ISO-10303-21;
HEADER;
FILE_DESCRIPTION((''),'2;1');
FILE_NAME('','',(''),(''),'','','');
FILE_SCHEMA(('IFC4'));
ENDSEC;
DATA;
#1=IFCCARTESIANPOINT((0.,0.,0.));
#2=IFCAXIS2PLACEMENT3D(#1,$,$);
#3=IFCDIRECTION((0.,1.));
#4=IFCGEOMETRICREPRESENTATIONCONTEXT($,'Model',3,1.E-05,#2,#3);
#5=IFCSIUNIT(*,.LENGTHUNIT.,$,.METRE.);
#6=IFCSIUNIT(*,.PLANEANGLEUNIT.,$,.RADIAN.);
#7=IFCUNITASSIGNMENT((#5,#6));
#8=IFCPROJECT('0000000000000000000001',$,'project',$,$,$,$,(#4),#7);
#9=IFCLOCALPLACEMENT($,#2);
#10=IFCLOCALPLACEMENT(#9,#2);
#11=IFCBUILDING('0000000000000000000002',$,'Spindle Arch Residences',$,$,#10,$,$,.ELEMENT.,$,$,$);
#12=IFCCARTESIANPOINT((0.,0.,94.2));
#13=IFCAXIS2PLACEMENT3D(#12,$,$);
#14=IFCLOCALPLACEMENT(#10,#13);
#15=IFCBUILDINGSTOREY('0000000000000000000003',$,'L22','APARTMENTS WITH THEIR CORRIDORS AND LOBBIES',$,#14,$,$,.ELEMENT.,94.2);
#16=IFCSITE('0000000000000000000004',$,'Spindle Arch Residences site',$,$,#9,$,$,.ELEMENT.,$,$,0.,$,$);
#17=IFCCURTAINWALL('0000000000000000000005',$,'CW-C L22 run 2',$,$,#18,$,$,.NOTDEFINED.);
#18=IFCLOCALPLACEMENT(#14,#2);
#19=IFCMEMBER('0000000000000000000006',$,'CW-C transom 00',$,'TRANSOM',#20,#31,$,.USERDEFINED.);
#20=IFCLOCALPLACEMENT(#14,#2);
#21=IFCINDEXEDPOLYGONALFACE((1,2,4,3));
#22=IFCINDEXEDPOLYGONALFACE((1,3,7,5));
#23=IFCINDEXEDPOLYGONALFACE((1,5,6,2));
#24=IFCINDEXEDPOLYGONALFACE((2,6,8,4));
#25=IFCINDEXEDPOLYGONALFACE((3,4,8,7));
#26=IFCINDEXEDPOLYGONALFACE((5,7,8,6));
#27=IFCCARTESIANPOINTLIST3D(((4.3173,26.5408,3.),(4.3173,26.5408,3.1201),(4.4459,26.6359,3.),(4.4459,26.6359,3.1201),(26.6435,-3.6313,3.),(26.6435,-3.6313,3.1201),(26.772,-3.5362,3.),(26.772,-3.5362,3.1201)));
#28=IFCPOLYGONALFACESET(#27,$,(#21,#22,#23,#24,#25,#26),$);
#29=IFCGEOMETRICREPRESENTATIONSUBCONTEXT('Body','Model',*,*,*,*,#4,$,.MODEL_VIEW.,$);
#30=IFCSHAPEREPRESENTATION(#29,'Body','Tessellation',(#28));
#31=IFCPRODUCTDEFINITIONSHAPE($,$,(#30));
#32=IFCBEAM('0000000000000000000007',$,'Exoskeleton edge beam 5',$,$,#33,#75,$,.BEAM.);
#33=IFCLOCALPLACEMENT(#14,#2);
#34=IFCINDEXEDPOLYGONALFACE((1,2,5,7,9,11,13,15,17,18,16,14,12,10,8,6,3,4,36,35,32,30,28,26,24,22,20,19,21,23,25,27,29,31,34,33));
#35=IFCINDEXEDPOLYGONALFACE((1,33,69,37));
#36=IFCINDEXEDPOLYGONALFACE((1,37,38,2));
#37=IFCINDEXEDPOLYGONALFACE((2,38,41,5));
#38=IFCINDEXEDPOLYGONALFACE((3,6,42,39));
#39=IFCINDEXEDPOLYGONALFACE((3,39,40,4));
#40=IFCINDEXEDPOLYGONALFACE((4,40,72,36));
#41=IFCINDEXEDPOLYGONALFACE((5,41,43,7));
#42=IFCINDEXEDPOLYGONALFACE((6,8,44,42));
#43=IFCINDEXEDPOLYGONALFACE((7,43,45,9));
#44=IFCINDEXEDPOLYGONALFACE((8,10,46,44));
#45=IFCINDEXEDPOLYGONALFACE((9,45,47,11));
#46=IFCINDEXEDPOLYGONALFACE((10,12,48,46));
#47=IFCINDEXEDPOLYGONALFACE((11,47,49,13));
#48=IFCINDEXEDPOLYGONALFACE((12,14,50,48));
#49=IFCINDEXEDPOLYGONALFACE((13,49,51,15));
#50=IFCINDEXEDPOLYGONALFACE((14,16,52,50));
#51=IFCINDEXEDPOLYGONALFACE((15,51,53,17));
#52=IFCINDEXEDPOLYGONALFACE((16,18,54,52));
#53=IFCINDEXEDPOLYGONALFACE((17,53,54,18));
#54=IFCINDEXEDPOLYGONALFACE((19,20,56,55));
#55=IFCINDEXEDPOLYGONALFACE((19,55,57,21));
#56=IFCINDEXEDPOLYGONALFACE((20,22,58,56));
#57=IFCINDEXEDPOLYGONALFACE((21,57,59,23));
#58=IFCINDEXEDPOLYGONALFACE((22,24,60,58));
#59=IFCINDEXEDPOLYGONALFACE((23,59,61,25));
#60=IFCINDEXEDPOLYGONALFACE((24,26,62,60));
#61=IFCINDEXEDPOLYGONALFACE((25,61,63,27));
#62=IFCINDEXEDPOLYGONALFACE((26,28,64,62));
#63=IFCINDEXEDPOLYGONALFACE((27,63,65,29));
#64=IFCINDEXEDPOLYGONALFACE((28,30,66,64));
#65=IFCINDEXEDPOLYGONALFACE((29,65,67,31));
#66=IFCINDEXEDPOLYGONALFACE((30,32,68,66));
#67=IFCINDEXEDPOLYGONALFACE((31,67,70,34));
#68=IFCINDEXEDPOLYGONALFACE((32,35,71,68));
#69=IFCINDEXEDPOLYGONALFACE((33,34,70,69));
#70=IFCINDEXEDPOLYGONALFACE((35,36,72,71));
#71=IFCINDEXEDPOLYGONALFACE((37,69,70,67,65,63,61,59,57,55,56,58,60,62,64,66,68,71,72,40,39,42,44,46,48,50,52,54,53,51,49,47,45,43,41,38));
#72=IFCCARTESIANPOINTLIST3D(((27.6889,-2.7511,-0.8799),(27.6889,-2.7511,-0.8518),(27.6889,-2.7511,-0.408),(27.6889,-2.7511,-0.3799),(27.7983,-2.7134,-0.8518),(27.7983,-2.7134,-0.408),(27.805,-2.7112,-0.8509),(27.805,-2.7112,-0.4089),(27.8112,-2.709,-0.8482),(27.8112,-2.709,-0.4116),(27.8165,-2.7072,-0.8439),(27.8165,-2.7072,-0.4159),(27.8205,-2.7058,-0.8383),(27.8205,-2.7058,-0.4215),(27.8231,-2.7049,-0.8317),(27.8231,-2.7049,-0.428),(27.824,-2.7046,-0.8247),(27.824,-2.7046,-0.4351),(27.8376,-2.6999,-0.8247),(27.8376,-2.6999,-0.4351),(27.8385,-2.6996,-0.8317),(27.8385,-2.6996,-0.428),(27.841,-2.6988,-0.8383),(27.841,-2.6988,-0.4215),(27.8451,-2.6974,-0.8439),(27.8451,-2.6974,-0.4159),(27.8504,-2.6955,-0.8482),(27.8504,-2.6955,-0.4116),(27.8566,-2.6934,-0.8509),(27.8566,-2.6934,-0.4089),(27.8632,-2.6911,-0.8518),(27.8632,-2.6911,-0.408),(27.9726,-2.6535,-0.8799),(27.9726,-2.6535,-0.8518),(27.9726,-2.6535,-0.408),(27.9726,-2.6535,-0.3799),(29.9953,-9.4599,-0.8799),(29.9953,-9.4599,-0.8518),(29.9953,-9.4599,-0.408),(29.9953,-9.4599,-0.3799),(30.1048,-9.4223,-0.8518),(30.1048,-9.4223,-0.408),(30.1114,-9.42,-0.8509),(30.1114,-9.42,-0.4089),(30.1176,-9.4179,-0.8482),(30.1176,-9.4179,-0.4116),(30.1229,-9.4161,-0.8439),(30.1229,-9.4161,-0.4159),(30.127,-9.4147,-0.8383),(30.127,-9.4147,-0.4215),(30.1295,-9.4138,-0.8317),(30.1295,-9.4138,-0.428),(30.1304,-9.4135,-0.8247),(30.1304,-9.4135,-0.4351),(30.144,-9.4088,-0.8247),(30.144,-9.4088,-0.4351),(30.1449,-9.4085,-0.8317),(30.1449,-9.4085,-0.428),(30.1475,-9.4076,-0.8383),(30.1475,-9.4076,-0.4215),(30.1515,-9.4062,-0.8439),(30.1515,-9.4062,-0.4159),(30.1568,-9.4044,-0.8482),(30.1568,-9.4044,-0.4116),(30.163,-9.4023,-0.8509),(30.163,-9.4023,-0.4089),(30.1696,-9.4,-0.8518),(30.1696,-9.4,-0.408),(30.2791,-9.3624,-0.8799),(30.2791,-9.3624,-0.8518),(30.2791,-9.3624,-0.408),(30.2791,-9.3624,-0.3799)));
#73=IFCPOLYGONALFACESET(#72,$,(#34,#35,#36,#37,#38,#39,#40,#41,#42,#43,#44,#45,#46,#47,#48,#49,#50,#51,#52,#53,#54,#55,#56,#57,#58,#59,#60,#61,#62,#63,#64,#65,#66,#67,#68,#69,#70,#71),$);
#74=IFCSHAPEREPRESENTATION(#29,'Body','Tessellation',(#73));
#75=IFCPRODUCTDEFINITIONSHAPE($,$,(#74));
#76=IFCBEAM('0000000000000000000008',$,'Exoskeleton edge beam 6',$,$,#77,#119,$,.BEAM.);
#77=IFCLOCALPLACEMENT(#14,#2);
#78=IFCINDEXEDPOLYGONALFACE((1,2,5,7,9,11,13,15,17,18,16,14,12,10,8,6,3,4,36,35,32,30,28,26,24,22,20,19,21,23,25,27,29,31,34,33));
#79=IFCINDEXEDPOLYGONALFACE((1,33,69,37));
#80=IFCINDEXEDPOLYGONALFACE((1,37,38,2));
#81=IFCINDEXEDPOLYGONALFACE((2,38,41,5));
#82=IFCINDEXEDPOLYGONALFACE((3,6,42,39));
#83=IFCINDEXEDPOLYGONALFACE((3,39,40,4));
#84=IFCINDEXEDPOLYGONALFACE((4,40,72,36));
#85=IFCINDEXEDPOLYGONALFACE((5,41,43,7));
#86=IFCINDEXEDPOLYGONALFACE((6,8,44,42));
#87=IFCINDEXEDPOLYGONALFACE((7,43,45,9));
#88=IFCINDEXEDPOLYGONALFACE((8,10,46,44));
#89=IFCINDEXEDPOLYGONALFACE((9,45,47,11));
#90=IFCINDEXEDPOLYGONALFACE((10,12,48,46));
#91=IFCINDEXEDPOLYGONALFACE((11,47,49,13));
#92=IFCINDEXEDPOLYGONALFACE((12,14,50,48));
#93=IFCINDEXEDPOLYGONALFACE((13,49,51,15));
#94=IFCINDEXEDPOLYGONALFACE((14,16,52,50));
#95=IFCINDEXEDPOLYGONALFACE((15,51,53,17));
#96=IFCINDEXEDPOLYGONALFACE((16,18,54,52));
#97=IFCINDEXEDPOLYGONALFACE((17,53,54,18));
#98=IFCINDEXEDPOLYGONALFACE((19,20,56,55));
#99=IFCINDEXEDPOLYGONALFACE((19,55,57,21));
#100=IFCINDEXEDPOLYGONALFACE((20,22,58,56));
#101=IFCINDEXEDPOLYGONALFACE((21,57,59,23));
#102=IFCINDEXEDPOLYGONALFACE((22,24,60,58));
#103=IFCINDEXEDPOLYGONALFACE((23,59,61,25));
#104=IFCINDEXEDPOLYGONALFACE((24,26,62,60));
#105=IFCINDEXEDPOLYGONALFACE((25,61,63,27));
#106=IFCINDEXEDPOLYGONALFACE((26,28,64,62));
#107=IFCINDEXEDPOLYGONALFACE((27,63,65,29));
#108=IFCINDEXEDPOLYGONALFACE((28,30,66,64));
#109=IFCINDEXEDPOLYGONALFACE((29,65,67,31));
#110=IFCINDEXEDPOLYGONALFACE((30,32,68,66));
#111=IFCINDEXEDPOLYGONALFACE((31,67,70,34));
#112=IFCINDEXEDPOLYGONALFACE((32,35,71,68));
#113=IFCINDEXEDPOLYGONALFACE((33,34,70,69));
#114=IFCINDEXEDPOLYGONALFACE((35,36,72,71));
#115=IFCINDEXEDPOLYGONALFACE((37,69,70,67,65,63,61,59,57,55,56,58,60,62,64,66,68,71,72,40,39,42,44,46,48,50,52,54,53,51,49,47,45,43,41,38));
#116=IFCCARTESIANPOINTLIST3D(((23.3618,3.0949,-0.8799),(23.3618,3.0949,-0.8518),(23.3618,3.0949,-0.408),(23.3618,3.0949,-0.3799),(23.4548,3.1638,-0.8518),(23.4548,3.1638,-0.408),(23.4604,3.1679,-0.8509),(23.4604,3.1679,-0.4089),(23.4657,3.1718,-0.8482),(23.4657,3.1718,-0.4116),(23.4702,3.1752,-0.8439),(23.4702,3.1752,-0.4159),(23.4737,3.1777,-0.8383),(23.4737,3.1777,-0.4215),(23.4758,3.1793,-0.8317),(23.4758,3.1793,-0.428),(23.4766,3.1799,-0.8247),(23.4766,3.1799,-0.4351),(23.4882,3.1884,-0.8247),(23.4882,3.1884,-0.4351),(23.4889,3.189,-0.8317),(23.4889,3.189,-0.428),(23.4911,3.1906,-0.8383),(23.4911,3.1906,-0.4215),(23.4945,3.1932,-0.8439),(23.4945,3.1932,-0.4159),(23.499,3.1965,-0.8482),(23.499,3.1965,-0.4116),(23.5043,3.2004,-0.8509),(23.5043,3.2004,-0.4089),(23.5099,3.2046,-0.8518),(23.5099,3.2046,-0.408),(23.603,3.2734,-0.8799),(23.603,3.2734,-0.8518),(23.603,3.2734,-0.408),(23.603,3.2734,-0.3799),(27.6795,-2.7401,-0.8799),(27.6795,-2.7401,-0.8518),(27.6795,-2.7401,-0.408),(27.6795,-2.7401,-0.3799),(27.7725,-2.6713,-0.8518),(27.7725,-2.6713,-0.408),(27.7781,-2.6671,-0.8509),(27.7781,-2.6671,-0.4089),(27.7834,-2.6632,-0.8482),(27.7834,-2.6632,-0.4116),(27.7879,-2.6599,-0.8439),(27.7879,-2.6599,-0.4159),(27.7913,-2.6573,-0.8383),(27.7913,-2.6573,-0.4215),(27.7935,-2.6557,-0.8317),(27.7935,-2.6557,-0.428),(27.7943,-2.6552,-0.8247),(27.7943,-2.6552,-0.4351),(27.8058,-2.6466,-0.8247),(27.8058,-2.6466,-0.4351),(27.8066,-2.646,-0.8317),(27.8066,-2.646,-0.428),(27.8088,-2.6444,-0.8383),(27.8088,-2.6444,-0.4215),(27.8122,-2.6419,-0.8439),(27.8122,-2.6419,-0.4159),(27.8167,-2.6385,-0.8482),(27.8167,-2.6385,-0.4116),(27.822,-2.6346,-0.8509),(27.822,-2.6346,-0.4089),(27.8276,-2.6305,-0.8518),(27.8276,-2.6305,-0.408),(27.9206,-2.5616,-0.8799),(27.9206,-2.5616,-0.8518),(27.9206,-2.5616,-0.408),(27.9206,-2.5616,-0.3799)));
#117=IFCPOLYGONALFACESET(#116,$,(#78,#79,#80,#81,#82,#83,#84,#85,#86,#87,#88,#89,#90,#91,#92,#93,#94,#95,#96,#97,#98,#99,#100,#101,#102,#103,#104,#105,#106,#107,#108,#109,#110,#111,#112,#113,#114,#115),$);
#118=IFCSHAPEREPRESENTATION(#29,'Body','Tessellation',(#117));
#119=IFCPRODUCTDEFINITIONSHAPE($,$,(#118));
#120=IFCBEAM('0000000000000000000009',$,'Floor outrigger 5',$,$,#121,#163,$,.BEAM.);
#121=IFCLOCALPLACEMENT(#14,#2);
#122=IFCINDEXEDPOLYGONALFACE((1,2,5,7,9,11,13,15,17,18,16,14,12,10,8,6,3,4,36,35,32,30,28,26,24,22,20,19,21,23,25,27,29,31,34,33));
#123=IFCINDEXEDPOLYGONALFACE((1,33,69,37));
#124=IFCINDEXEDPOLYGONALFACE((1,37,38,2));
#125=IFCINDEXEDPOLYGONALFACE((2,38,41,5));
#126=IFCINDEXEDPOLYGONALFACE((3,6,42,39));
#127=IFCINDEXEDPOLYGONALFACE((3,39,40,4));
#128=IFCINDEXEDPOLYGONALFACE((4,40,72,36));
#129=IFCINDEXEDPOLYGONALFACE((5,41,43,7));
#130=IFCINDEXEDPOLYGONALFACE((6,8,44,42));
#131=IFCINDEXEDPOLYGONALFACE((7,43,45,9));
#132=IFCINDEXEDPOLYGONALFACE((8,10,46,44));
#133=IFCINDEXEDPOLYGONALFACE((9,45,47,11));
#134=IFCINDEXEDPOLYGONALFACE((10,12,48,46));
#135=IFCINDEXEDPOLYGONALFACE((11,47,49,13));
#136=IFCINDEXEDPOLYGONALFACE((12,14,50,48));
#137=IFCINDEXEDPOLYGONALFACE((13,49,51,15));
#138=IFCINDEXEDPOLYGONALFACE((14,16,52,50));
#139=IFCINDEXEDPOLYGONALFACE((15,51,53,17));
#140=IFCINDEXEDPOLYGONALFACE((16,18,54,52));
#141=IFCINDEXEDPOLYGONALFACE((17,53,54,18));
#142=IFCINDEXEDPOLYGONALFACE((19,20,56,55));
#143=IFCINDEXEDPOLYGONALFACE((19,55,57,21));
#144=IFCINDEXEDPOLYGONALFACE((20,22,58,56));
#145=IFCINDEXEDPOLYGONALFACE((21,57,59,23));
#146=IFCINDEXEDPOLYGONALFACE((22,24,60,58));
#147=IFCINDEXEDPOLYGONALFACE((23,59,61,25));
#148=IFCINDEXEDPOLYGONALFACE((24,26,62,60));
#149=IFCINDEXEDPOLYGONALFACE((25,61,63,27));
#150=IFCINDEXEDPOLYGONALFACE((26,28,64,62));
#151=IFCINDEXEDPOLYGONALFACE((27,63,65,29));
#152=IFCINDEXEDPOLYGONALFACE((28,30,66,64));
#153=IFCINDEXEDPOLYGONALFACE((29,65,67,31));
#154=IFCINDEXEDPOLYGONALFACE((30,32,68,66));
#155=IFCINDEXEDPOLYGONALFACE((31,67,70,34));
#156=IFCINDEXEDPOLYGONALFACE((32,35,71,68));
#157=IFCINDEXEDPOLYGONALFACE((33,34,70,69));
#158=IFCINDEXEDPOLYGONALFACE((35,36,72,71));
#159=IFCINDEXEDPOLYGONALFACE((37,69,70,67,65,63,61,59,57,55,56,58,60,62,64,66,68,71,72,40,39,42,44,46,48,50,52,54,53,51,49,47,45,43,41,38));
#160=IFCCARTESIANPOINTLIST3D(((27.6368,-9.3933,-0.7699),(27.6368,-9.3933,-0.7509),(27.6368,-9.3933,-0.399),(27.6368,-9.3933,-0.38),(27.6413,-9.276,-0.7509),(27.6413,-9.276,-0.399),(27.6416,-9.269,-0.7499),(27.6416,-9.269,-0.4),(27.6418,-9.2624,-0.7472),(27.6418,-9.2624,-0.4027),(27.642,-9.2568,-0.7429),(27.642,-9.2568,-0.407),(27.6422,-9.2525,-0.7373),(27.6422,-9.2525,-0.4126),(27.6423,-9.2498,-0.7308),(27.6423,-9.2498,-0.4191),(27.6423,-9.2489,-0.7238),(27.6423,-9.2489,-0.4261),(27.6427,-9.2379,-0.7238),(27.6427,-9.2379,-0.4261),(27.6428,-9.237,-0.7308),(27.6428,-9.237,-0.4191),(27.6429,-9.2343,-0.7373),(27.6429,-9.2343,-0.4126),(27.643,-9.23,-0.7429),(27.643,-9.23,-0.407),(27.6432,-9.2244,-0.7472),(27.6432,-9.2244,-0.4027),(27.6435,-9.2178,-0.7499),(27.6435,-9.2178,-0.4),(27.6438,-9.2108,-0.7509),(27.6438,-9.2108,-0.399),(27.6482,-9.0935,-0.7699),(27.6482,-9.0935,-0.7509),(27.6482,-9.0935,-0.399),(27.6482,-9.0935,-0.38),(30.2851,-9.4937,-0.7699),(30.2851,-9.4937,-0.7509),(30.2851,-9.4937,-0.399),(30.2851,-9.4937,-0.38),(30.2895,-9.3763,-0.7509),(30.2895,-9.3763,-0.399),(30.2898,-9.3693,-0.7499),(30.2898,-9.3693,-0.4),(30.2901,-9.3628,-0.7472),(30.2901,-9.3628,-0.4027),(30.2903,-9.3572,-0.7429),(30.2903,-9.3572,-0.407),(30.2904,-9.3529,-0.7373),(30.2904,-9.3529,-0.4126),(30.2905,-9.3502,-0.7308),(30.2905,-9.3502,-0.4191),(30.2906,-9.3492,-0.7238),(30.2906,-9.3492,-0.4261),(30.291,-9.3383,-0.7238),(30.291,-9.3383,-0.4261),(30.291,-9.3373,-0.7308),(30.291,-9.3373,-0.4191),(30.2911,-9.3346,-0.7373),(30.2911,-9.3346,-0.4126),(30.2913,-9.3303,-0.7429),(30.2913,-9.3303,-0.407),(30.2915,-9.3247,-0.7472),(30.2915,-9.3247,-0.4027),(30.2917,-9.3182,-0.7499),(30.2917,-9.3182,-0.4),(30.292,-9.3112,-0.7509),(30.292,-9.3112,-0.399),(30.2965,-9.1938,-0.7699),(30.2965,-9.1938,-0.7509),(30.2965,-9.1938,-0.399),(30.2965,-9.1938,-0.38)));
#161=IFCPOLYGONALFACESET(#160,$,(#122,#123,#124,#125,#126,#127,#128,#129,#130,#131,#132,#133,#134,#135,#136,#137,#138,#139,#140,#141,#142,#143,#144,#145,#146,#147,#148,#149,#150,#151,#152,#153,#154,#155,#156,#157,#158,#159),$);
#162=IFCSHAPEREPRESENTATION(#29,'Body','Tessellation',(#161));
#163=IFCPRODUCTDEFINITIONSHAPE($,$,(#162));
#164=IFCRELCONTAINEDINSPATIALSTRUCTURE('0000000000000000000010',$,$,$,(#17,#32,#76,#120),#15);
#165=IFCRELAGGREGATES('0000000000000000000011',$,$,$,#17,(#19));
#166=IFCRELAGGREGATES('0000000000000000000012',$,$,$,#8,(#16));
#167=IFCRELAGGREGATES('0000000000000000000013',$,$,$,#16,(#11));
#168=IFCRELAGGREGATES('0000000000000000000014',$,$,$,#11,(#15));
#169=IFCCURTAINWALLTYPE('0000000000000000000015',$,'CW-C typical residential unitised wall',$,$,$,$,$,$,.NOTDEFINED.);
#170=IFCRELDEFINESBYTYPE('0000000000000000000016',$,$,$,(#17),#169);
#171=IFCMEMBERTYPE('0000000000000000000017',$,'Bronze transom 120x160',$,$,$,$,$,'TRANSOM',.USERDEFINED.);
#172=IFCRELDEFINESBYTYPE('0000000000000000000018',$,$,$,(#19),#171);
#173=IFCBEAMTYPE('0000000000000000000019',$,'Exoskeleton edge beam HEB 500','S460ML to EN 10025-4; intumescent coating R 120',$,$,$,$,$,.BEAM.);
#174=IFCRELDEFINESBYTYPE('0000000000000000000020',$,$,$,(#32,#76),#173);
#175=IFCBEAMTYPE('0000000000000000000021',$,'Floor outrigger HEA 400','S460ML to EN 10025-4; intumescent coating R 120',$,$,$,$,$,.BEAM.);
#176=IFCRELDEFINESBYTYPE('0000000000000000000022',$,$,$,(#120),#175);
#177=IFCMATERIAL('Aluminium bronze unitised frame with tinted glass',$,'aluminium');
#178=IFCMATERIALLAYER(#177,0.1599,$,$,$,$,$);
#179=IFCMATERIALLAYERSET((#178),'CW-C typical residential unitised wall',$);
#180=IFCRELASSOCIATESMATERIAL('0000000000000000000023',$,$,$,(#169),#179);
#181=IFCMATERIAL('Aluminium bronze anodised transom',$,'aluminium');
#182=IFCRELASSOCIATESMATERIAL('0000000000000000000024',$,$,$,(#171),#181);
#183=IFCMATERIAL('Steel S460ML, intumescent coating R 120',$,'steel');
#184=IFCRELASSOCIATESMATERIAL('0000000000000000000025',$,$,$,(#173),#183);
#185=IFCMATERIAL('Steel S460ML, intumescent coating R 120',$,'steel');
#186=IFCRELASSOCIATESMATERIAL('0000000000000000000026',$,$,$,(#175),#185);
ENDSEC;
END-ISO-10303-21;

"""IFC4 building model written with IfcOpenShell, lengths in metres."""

from ifc_helpers import new_model, si_unit, direction, frame, origin, origin_2d, place, context, subcontext, project, spatial, rectangle, i_section, extrude, material, layer, layer_set, material_profile, profile_set, type_object, element, aggregate, save


model = new_model("IFC4")

# Units and contexts
model_context = context("Model", 3, precision=1e-05, world=origin(), true_north=direction((0.0, 1.0)))
body_context = subcontext(model_context, "Body", "Model", "MODEL_VIEW")
ifc_project = project(units=[si_unit("LENGTHUNIT", "METRE"), si_unit("PLANEANGLEUNIT", "RADIAN")], contexts=[model_context])

# Site, building, storey
site_placement = place(None, origin())
site = spatial("IfcSite", under=ifc_project, at=site_placement, Name="Spindle Arch Residences site", CompositionType="ELEMENT", RefElevation=0.0)
building_placement = place(site_placement, origin())
building = spatial("IfcBuilding", under=site, at=building_placement, Name="Spindle Arch Residences", CompositionType="ELEMENT")
storey_placement = place(building_placement, frame((0.0, 0.0, 94.2)))
storey = spatial("IfcBuildingStorey", under=building, at=storey_placement, Name="L22", Description="APARTMENTS WITH THEIR CORRIDORS AND LOBBIES", CompositionType="ELEMENT", Elevation=94.2)

# Curtain wall
ifc_material_1 = material(Name="Aluminium bronze unitised frame with tinted glass", Category="aluminium")
ifc_layer_1 = layer(ifc_material_1, 0.1599)
ifc_layer_set_1 = layer_set([ifc_layer_1], Name="CW-C typical residential unitised wall")
curtain_wall_type_1 = type_object("IfcCurtainWallType", Name="CW-C typical residential unitised wall", PredefinedType="NOTDEFINED", material=ifc_layer_set_1)
curtain_wall_1_placement = place(storey_placement, origin())
curtain_wall_1 = element("IfcCurtainWall", 1, at=curtain_wall_1_placement, inside=storey, type_object=curtain_wall_type_1, Name="CW-C L22 run 2", PredefinedType="NOTDEFINED")

# Member
ifc_material_2 = material(Name="Aluminium bronze anodised transom", Category="aluminium")
ifc_material_profile_1 = material_profile(ifc_material_2, rectangle(XDim=0.1599, YDim=0.1201, at=origin_2d()), Name="TR 120x160")
ifc_profile_set_1 = profile_set([ifc_material_profile_1], Name="Aluminium bronze anodised transom")
member_type_1 = type_object("IfcMemberType", Name="Bronze transom 120x160", ElementType="TRANSOM", PredefinedType="USERDEFINED", material=ifc_profile_set_1)
member_1_placement = place(storey_placement, frame((26.7078, -3.5837, 3.0601), z_axis=(-0.594822, 0.803857, 0.0), x_axis=(-0.803857, -0.594822, 0.0)))
member_1 = element("IfcMember", 2, at=member_1_placement, type_object=member_type_1, Name="CW-C transom 00", ObjectType="TRANSOM", PredefinedType="USERDEFINED", context=body_context, shape_type="SweptSolid", body=[
    extrude(rectangle(XDim=0.1599, YDim=0.1201, at=origin_2d()), origin(), (0.0, 0.0, 1.0), 37.5342),
])

# Beams
ifc_material_3 = material(Name="Steel S460ML, intumescent coating R 120", Category="steel")
ifc_material_profile_2 = material_profile(ifc_material_3, i_section(OverallWidth=0.3, OverallDepth=0.5, WebThickness=0.0144, FlangeThickness=0.0281, FilletRadius=0.0271, at=origin_2d()), Name="HEB 500")
ifc_profile_set_2 = profile_set([ifc_material_profile_2], Name="Steel S460ML, intumescent coating R 120")
beam_type_1 = type_object("IfcBeamType", Name="Exoskeleton edge beam HEB 500", Description="S460ML to EN 10025-4; intumescent coating R 120", PredefinedType="BEAM", material=ifc_profile_set_2)
beam_1_placement = place(storey_placement, frame((30.1372, -9.4111, -0.6299), z_axis=(-0.325113, 0.945675, 0.0), x_axis=(-0.945675, -0.325113, 0.0)))
element("IfcBeam", 3, at=beam_1_placement, inside=storey, type_object=beam_type_1, Name="Exoskeleton edge beam 5", PredefinedType="BEAM", context=body_context, shape_type="SweptSolid", body=[
    extrude(i_section(OverallWidth=0.3, OverallDepth=0.5, WebThickness=0.0144, FlangeThickness=0.0281, FilletRadius=0.0271, at=origin_2d()), origin(), (0.0, 0.0, 1.0), 7.0942),
])
beam_2_placement = place(storey_placement, frame((27.8, -2.6509, -0.6299), z_axis=(-0.594821, 0.803858, 0.0), x_axis=(-0.803858, -0.594821, 0.0)))
element("IfcBeam", 4, at=beam_2_placement, inside=storey, type_object=beam_type_1, Name="Exoskeleton edge beam 6", PredefinedType="BEAM", context=body_context, shape_type="SweptSolid", body=[
    extrude(i_section(OverallWidth=0.3, OverallDepth=0.5, WebThickness=0.0144, FlangeThickness=0.0281, FilletRadius=0.0271, at=origin_2d()), origin(), (0.0, 0.0, 1.0), 7.2588),
])
ifc_material_4 = material(Name="Steel S460ML, intumescent coating R 120", Category="steel")
ifc_material_profile_3 = material_profile(ifc_material_4, i_section(OverallWidth=0.3, OverallDepth=0.3899, WebThickness=0.011, FlangeThickness=0.019, FilletRadius=0.0271, at=origin_2d()), Name="HEA 400")
ifc_profile_set_3 = profile_set([ifc_material_profile_3], Name="Steel S460ML, intumescent coating R 120")
beam_type_2 = type_object("IfcBeamType", Name="Floor outrigger HEA 400", Description="S460ML to EN 10025-4; intumescent coating R 120", PredefinedType="BEAM", material=ifc_profile_set_3)
beam_3_placement = place(storey_placement, frame((30.2908, -9.3438, -0.575), z_axis=(-0.999283, 0.037863, 0.0), x_axis=(-0.037863, -0.999283, 0.0)))
element("IfcBeam", 5, at=beam_3_placement, inside=storey, type_object=beam_type_2, Name="Floor outrigger 5", PredefinedType="BEAM", context=body_context, shape_type="SweptSolid", body=[
    extrude(i_section(OverallWidth=0.3, OverallDepth=0.3899, WebThickness=0.011, FlangeThickness=0.019, FilletRadius=0.0271, at=origin_2d()), origin(), (0.0, 0.0, 1.0), 2.6501),
])

aggregate(curtain_wall_1, [member_1])

save(model, "model.ifc")
